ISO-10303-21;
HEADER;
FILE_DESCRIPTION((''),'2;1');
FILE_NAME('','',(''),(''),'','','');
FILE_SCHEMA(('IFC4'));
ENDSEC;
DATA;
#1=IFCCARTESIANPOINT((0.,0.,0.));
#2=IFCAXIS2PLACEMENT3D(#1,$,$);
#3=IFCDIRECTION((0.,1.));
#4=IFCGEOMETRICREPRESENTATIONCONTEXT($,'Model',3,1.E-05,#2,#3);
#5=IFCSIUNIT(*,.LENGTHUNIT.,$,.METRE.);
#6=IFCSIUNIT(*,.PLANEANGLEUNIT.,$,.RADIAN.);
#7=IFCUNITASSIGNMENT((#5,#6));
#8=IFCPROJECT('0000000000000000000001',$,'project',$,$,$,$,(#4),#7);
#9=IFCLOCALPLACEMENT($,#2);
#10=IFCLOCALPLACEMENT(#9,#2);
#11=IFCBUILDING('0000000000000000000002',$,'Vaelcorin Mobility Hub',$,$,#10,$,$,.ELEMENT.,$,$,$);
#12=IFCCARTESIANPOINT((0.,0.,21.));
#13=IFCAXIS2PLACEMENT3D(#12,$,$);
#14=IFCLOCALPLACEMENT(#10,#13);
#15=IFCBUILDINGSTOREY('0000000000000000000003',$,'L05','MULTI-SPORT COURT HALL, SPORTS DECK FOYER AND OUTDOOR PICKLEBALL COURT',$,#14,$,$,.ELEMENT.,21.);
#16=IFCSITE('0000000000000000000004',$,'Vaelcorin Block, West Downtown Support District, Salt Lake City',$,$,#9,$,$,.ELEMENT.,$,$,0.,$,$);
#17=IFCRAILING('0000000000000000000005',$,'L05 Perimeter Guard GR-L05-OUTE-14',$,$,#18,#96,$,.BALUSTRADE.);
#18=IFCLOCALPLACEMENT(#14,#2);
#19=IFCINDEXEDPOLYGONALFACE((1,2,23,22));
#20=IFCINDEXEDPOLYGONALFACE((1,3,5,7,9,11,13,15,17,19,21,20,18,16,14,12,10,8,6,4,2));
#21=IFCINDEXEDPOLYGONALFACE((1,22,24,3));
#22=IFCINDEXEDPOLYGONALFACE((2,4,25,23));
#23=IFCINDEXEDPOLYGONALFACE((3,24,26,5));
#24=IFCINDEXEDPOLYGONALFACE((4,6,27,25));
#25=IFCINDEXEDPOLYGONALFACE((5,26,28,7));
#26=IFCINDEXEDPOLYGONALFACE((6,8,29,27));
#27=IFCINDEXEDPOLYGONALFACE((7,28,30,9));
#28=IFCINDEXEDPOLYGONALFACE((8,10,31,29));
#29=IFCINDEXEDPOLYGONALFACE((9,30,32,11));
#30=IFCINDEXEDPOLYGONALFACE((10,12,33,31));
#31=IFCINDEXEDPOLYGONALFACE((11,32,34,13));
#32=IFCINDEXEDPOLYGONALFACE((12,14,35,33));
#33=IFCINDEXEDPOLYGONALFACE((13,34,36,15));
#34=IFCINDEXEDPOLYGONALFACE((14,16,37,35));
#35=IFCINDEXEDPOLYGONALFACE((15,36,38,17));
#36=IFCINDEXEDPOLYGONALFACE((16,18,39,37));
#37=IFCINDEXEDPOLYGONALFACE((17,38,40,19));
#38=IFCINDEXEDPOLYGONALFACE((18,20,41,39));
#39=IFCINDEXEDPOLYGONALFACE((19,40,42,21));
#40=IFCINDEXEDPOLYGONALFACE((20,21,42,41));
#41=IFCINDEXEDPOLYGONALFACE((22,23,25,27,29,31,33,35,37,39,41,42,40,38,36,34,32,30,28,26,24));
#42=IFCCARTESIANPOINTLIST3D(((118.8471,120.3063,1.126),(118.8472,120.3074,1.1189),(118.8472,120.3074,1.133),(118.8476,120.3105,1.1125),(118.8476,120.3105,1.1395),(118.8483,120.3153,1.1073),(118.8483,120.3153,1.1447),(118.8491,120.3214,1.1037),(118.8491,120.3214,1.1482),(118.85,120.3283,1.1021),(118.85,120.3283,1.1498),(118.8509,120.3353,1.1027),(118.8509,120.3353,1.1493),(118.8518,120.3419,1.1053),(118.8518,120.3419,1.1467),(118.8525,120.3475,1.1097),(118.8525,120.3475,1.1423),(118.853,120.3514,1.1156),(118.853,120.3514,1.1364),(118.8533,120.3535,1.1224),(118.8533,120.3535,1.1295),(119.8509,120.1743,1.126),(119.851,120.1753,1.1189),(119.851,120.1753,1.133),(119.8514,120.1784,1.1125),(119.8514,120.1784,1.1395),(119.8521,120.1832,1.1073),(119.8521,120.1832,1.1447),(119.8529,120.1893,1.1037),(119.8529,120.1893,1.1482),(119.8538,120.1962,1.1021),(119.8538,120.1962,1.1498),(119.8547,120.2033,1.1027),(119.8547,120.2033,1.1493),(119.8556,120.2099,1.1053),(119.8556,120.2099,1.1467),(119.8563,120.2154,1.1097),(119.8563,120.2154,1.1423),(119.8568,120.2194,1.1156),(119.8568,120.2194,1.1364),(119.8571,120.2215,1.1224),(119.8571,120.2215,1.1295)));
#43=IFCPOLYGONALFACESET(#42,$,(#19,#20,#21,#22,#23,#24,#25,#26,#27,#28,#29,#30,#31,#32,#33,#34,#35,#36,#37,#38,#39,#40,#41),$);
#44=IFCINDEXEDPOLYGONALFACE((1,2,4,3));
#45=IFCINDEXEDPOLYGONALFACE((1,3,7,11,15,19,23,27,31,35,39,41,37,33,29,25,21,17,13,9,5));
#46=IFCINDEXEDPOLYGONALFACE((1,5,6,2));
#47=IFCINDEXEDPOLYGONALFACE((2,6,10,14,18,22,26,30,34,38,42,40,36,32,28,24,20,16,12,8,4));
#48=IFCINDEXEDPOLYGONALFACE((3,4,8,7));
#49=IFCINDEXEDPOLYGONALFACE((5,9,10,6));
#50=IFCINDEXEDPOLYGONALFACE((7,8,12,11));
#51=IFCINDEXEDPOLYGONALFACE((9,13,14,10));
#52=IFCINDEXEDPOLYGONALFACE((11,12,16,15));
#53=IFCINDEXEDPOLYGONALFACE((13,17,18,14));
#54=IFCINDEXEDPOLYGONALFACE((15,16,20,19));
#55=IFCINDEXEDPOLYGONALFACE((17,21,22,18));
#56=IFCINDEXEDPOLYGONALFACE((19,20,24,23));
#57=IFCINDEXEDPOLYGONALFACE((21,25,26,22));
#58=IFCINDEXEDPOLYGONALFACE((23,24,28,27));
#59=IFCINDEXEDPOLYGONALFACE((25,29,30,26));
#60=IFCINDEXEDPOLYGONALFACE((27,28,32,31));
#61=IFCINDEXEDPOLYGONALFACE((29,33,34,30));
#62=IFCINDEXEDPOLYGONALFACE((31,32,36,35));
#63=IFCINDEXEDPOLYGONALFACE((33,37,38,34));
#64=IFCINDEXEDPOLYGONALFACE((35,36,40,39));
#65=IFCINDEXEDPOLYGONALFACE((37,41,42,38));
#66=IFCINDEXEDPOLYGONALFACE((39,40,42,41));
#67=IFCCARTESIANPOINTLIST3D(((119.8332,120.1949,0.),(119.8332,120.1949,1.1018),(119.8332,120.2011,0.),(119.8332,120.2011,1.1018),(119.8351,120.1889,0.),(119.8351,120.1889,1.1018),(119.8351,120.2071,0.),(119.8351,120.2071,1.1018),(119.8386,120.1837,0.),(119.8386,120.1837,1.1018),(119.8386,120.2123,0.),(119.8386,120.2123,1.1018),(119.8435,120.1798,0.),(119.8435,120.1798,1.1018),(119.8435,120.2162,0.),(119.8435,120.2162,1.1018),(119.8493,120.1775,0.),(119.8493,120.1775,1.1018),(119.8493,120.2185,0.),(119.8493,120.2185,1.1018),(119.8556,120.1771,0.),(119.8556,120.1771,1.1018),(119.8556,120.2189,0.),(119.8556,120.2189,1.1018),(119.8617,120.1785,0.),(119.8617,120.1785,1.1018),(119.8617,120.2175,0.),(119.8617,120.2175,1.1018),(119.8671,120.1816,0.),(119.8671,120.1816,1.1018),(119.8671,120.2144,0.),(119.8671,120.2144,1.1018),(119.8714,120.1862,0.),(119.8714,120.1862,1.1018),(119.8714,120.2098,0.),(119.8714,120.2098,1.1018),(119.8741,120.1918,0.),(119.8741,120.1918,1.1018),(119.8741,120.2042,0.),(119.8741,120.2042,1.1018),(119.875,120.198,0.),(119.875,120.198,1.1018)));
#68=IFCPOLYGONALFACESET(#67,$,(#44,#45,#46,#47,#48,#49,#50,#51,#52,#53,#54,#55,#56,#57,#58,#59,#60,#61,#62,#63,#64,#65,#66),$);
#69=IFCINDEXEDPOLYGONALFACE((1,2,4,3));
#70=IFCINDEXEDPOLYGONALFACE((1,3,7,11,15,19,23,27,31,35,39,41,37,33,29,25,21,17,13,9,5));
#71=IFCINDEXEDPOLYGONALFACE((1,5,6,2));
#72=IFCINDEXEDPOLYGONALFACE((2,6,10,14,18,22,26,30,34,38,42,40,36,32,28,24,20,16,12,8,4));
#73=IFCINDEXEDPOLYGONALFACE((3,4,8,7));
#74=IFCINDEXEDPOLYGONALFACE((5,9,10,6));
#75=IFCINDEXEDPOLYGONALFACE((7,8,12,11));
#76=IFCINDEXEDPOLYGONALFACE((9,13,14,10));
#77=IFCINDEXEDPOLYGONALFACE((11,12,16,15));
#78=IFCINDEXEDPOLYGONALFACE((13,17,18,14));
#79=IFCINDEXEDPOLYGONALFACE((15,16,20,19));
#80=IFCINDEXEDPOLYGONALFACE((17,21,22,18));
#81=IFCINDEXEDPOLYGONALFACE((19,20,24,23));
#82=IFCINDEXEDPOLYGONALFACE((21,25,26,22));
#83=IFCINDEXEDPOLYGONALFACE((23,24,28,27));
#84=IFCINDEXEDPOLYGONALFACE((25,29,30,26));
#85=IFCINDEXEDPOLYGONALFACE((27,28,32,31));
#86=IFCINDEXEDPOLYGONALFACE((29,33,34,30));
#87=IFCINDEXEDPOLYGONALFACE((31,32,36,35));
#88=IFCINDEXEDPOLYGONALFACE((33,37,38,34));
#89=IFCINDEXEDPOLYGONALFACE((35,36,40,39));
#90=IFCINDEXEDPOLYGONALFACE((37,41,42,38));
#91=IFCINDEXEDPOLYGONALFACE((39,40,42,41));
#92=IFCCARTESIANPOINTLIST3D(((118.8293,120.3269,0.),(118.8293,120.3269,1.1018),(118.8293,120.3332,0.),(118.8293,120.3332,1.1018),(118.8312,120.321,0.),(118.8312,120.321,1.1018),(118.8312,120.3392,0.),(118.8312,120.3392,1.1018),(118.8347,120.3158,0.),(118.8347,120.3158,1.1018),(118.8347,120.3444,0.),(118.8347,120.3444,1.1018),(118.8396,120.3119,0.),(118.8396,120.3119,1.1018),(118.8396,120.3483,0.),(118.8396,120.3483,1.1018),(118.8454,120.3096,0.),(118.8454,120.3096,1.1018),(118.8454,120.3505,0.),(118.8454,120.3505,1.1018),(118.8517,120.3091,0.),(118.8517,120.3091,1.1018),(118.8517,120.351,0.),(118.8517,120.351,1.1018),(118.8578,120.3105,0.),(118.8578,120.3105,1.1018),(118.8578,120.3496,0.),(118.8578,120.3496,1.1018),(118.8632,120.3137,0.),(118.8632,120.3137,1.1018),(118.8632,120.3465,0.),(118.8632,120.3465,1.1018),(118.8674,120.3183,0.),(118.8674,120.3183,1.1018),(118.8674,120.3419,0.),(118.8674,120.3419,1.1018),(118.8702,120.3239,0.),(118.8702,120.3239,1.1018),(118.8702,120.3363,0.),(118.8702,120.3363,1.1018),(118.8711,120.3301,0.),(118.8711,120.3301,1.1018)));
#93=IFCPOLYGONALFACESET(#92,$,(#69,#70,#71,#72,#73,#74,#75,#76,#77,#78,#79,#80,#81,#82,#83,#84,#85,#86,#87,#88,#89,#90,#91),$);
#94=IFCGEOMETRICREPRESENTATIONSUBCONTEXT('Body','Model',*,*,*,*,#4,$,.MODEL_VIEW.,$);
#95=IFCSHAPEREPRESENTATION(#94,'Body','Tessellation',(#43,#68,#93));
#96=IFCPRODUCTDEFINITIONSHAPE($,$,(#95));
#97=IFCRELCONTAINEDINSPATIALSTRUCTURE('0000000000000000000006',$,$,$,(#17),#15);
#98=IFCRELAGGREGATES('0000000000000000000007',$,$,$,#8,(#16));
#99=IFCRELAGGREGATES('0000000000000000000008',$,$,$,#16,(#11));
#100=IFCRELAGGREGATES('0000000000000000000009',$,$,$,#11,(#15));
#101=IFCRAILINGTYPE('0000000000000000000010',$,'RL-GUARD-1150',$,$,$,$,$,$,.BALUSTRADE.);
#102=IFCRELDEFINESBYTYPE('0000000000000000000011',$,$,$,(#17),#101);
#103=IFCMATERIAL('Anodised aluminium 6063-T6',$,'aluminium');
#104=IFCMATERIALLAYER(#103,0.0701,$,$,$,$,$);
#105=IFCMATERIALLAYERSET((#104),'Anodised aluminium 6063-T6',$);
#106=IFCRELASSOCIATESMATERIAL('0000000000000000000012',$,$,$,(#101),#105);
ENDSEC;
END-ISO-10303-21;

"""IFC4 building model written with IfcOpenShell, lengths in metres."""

from ifc_helpers import new_model, si_unit, direction, frame, origin, origin_2d, place, context, subcontext, project, spatial, circle, extrude, material, layer, layer_set, type_object, element, save


model = new_model("IFC4")

# Units and contexts
model_context = context("Model", 3, precision=1e-05, world=origin(), true_north=direction((0.0, 1.0)))
body_context = subcontext(model_context, "Body", "Model", "MODEL_VIEW")
ifc_project = project(units=[si_unit("LENGTHUNIT", "METRE"), si_unit("PLANEANGLEUNIT", "RADIAN")], contexts=[model_context])

# Site, building, storey
site_placement = place(None, origin())
site = spatial("IfcSite", under=ifc_project, at=site_placement, Name="Vaelcorin Block, West Downtown Support District, Salt Lake City", CompositionType="ELEMENT", RefElevation=0.0)
building_placement = place(site_placement, origin())
building = spatial("IfcBuilding", under=site, at=building_placement, Name="Vaelcorin Mobility Hub", CompositionType="ELEMENT")
storey_placement = place(building_placement, frame((0.0, 0.0, 21.0)))
storey = spatial("IfcBuildingStorey", under=building, at=storey_placement, Name="L05", Description="MULTI-SPORT COURT HALL, SPORTS DECK FOYER AND OUTDOOR PICKLEBALL COURT", CompositionType="ELEMENT", Elevation=21.0)

# Shared definitions
ifc_material_1 = material(Name="Anodised aluminium 6063-T6", Category="aluminium")

# Railing
ifc_layer_1 = layer(ifc_material_1, 0.0701)
ifc_layer_set_1 = layer_set([ifc_layer_1], Name="Anodised aluminium 6063-T6")
railing_type_1 = type_object("IfcRailingType", Name="RL-GUARD-1150", PredefinedType="BALUSTRADE", material=ifc_layer_set_1)
railing_1_placement = place(storey_placement, frame((119.854, 120.198, 0.0)))
element("IfcRailing", 1, at=railing_1_placement, inside=storey, type_object=railing_type_1, Name="L05 Perimeter Guard GR-L05-OUTE-14", PredefinedType="BALUSTRADE", context=body_context, shape_type="SweptSolid", body=[
    extrude(circle(Radius=0.0239, at=origin_2d()), frame((0.0, 0.0, 1.126), z_axis=(-0.991456, 0.130442, 0.0), x_axis=(-0.130442, -0.991456, 0.0)), (0.0, 0.0, 1.0), 1.0125),
    extrude(circle(Radius=0.021, at=origin_2d()), origin(), (0.0, 0.0, 1.0), 1.1018),
    extrude(circle(Radius=0.021, at=origin_2d()), frame((-1.0039, 0.1321, 0.0)), (0.0, 0.0, 1.0), 1.1018),
])

save(model, "model.ifc")
